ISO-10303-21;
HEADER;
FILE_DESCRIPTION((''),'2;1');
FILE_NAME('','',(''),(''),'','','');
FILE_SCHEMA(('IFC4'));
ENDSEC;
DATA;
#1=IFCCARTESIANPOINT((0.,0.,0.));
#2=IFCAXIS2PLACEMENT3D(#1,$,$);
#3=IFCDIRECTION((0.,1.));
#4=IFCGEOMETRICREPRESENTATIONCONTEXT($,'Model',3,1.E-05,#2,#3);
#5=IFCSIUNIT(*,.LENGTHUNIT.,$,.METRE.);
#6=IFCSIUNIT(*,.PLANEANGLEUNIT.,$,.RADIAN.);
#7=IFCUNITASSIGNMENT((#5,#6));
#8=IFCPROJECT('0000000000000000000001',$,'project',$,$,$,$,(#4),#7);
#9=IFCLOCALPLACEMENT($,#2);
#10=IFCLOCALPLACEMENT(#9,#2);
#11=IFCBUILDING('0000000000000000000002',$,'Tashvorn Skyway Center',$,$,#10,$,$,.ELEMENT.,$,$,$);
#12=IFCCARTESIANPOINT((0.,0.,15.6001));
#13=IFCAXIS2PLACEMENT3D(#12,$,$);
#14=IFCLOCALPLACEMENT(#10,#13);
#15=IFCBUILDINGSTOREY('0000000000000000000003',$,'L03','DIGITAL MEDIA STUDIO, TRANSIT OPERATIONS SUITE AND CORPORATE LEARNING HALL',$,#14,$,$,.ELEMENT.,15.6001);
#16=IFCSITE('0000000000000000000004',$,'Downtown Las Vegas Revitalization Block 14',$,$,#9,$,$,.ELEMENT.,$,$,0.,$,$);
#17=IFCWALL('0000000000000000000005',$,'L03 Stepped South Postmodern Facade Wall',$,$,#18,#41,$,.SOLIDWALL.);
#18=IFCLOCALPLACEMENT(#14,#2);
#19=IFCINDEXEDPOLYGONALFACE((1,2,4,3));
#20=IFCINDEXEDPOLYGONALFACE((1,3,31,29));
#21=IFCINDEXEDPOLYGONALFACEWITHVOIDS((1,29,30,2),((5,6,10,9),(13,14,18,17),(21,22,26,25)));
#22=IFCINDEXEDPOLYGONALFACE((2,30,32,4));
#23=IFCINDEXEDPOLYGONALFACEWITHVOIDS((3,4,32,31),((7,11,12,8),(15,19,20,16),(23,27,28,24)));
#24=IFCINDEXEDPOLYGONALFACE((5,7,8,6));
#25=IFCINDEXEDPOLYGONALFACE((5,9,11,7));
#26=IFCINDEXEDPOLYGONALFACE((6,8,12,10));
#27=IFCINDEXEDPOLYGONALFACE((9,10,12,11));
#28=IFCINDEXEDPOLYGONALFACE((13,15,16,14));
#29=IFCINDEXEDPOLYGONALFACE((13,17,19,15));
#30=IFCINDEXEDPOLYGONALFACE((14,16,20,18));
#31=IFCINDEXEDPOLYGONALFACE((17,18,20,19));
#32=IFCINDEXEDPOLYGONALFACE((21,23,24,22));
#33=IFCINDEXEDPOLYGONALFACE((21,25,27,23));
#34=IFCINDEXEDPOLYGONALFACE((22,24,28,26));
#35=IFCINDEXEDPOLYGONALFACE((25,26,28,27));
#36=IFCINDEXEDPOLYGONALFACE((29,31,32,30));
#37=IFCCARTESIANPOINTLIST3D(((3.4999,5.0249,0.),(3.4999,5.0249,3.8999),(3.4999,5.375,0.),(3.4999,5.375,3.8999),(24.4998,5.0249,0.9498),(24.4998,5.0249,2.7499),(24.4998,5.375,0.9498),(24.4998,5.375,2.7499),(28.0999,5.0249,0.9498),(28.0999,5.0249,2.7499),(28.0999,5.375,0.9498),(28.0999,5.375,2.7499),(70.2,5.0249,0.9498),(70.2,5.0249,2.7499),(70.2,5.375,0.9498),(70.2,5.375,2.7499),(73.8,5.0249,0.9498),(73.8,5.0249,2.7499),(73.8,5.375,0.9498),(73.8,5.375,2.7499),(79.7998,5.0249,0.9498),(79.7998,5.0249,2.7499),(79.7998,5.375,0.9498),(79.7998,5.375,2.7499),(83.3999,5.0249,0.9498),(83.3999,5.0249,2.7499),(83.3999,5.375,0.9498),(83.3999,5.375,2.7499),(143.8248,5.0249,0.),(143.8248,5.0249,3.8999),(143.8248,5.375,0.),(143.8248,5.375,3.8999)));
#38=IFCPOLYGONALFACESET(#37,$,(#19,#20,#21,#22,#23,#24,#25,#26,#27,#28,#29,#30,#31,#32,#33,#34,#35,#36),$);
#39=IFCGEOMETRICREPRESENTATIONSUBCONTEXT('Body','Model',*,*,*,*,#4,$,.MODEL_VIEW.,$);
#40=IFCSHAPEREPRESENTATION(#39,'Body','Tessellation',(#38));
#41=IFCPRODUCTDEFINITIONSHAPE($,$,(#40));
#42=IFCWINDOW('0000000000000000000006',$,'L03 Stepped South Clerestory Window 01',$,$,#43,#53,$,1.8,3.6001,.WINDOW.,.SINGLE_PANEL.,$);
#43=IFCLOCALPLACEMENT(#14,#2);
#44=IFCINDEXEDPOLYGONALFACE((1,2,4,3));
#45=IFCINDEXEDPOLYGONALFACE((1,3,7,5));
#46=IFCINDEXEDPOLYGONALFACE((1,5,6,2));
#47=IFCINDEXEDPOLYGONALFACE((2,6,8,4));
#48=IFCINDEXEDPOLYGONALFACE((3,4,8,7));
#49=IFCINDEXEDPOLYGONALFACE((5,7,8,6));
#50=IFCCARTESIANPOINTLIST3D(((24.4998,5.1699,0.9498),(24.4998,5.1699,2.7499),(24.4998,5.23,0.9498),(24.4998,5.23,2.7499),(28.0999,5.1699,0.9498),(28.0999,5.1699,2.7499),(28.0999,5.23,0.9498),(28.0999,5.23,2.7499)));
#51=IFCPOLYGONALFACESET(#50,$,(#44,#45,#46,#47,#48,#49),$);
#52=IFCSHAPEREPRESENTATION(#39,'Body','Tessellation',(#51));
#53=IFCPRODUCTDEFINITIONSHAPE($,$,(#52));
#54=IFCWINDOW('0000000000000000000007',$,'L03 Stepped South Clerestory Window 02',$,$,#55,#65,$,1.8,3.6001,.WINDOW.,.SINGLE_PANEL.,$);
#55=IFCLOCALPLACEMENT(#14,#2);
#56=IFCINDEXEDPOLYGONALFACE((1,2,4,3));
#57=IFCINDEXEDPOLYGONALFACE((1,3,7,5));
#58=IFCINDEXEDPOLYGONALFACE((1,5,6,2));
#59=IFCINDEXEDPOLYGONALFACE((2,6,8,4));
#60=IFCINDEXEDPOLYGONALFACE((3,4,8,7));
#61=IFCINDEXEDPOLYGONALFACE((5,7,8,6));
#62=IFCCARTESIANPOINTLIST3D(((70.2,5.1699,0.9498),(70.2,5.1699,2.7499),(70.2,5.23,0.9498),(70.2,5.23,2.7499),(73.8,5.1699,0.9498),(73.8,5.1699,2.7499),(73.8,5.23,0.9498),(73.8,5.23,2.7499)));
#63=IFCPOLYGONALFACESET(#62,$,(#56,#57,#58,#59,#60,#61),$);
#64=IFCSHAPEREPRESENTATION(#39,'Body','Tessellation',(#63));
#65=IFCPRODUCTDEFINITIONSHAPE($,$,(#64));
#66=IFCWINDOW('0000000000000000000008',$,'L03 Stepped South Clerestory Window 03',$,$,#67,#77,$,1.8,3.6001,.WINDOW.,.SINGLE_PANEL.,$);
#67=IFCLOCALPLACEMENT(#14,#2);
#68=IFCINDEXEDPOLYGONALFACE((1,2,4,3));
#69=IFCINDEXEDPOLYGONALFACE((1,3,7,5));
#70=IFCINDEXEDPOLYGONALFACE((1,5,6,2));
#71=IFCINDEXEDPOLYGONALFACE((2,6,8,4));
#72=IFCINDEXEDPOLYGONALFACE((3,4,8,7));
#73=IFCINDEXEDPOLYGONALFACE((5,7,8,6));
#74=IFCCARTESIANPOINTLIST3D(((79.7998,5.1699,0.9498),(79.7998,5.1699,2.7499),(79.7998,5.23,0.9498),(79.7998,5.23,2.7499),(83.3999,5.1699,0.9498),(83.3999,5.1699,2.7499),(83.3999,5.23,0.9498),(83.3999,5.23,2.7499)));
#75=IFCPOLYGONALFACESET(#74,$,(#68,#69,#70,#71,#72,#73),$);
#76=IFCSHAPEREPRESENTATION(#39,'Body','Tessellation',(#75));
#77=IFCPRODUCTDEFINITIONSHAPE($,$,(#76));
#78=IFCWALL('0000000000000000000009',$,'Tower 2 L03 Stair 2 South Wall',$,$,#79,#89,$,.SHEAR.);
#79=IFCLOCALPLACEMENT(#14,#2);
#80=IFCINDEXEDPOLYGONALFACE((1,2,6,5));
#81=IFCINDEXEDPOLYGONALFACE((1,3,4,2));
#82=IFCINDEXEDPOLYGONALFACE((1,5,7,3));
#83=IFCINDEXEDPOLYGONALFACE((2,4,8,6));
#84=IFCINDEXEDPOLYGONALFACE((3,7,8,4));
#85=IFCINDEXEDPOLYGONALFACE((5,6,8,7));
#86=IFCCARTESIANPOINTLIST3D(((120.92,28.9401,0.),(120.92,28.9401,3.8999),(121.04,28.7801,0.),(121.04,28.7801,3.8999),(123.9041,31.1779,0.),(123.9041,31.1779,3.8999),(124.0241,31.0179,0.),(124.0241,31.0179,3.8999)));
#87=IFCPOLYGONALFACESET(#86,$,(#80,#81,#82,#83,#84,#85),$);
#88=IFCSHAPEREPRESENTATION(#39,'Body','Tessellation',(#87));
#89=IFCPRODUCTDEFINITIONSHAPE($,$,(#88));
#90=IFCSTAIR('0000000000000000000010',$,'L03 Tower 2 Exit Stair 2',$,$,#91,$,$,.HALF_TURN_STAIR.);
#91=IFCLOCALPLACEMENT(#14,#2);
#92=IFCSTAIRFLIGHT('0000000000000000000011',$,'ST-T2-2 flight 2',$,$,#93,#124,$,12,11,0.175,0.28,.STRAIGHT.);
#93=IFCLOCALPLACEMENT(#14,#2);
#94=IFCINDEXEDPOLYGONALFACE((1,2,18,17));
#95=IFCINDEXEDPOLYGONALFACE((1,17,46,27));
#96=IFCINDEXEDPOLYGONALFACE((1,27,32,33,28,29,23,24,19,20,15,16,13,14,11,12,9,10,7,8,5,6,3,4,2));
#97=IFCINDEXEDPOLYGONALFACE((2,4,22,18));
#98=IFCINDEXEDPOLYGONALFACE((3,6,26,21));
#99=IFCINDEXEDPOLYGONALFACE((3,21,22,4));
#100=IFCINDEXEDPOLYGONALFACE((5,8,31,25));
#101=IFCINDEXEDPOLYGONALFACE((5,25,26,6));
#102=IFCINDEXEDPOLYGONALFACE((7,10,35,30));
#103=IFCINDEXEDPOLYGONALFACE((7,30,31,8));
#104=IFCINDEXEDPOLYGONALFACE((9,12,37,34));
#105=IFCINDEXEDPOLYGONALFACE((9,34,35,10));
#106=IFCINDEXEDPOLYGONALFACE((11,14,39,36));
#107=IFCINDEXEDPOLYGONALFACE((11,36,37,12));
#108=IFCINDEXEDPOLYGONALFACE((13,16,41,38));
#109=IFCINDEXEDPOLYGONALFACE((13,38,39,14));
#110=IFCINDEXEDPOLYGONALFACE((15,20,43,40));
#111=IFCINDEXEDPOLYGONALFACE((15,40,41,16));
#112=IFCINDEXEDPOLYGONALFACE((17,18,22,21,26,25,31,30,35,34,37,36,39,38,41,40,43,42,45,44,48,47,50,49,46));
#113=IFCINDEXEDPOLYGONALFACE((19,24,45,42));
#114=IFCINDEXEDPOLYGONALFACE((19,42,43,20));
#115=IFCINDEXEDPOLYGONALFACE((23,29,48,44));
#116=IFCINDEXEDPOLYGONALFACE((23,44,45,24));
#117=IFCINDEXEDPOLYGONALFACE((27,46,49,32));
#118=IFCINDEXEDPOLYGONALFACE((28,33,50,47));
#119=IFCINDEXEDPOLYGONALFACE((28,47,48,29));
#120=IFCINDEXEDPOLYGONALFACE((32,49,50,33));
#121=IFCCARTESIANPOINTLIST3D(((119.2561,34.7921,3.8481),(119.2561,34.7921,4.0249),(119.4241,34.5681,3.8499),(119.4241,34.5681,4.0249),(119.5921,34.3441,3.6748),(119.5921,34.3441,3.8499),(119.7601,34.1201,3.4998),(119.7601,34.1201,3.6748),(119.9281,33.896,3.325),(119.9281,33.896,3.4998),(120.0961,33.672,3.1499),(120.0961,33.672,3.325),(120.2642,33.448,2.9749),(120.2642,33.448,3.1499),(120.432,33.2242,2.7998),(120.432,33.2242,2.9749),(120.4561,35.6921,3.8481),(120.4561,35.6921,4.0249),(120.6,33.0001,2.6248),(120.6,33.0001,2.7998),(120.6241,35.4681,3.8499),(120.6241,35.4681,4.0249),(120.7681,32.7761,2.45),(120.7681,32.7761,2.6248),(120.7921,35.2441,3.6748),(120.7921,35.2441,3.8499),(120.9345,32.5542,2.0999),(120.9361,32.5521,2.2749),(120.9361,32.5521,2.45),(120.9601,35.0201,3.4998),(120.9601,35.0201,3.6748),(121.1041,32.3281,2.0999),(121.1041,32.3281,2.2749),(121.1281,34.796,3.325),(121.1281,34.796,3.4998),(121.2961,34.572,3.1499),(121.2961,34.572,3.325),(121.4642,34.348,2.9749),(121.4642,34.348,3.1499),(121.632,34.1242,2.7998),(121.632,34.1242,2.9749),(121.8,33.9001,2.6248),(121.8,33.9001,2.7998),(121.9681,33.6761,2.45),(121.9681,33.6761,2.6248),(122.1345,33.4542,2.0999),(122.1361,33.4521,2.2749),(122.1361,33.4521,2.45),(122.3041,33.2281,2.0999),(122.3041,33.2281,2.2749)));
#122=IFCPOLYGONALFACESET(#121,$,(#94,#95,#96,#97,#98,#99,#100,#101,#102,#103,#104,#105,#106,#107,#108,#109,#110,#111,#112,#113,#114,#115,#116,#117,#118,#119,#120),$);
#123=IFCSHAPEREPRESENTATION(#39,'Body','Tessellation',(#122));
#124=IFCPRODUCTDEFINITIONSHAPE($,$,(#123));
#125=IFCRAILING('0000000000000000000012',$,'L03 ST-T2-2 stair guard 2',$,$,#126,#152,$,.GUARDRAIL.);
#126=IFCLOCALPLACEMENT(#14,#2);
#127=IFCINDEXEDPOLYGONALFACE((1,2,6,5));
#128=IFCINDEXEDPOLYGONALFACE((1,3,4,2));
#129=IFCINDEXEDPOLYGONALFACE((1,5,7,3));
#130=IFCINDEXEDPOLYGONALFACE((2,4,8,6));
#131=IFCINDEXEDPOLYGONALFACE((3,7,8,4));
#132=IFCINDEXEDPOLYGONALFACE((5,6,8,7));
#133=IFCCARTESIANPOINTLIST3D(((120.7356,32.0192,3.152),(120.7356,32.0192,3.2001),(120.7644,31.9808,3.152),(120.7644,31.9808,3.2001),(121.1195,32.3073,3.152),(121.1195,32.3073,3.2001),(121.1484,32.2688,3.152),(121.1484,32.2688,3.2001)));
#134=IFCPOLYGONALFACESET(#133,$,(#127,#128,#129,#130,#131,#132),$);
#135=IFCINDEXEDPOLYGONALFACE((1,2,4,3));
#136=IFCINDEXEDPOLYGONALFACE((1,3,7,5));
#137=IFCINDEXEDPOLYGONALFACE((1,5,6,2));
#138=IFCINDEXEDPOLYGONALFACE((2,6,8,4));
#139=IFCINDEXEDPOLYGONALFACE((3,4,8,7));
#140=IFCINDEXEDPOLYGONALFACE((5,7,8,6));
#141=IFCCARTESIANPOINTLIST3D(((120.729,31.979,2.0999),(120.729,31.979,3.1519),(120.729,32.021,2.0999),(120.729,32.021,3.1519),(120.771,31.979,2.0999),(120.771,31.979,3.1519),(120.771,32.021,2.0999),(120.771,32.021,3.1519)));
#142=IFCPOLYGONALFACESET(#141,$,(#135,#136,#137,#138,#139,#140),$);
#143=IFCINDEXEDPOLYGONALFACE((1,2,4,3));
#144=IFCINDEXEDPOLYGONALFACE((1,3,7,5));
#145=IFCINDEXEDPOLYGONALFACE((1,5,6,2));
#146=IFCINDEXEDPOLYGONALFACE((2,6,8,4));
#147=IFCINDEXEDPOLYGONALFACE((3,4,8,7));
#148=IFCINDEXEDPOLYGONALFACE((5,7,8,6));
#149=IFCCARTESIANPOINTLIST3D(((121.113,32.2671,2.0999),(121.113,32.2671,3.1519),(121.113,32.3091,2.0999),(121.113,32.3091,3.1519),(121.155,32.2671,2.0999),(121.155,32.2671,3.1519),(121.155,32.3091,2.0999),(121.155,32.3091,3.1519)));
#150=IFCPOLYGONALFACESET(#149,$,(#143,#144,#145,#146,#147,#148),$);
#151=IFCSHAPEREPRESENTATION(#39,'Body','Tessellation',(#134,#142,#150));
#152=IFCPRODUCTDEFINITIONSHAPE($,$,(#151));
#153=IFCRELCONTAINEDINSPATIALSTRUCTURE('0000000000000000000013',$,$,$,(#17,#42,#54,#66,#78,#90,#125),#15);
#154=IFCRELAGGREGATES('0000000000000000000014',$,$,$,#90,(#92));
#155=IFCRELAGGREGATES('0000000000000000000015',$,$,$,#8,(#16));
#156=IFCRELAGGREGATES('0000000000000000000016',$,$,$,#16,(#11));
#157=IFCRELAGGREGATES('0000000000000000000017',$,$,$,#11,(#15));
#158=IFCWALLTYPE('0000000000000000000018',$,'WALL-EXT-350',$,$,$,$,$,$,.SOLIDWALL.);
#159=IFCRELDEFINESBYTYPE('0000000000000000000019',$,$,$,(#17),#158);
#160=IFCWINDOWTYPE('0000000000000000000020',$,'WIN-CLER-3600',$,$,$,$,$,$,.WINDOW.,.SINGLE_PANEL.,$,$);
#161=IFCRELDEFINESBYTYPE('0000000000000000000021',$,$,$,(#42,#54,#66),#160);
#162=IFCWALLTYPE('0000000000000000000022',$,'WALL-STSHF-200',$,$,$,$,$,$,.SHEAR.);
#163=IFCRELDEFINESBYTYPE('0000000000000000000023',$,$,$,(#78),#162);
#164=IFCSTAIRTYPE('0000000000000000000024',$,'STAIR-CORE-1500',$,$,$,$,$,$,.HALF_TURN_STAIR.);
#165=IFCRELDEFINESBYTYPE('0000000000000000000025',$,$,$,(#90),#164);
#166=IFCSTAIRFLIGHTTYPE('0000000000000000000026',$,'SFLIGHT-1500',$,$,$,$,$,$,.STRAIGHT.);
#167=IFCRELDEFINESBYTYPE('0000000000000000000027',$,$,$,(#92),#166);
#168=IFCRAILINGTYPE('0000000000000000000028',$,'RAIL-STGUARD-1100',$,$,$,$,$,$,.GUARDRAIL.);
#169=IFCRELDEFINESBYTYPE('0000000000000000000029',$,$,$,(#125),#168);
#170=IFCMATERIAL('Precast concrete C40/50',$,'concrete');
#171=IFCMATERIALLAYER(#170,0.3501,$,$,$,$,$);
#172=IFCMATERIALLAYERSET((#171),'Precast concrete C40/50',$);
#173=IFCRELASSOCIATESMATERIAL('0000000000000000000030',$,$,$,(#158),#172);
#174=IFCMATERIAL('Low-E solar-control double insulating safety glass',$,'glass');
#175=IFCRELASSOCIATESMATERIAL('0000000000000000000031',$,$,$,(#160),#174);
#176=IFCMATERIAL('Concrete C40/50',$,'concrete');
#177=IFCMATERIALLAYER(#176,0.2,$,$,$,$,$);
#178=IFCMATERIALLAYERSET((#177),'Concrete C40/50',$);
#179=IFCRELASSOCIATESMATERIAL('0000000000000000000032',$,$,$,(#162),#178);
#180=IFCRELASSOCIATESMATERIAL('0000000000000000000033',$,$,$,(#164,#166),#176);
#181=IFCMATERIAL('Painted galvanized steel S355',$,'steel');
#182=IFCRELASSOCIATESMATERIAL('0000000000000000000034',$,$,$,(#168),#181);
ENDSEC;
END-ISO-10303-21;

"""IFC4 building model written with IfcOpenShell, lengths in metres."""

from ifc_helpers import new_model, si_unit, direction, frame, frame_2d, origin, origin_2d, place, context, subcontext, project, spatial, polyline, rectangle, outline, extrude, material, layer, layer_set, type_object, element, fill, aggregate, save


model = new_model("IFC4")

# Units and contexts
model_context = context("Model", 3, precision=1e-05, world=origin(), true_north=direction((0.0, 1.0)))
body_context = subcontext(model_context, "Body", "Model", "MODEL_VIEW")
ifc_project = project(units=[si_unit("LENGTHUNIT", "METRE"), si_unit("PLANEANGLEUNIT", "RADIAN")], contexts=[model_context])

# Site, building, storey
site_placement = place(None, origin())
site = spatial("IfcSite", under=ifc_project, at=site_placement, Name="Downtown Las Vegas Revitalization Block 14", CompositionType="ELEMENT", RefElevation=0.0)
building_placement = place(site_placement, origin())
building = spatial("IfcBuilding", under=site, at=building_placement, Name="Tashvorn Skyway Center", CompositionType="ELEMENT")
storey_placement = place(building_placement, frame((0.0, 0.0, 15.6001)))
storey = spatial("IfcBuildingStorey", under=building, at=storey_placement, Name="L03", Description="DIGITAL MEDIA STUDIO, TRANSIT OPERATIONS SUITE AND CORPORATE LEARNING HALL", CompositionType="ELEMENT", Elevation=15.6001)

# Wall, openings, windows
ifc_material_1 = material(Name="Precast concrete C40/50", Category="concrete")
ifc_layer_1 = layer(ifc_material_1, 0.3501)
ifc_layer_set_1 = layer_set([ifc_layer_1], Name="Precast concrete C40/50")
wall_type_1 = type_object("IfcWallType", Name="WALL-EXT-350", PredefinedType="SOLIDWALL", material=ifc_layer_set_1)
wall_1_placement = place(storey_placement, frame((143.825, 5.2, 0.0), z_axis=(0.0, 0.0, 1.0), x_axis=(-1.0, 0.0, 0.0)))
wall_1 = element("IfcWall", 1, at=wall_1_placement, inside=storey, type_object=wall_type_1, Name="L03 Stepped South Postmodern Facade Wall", PredefinedType="SOLIDWALL", context=body_context, shape_type="SweptSolid", body=[
    extrude(rectangle(XDim=140.325, YDim=0.3501, at=frame_2d((70.1626, 0.0))), origin(), (0.0, 0.0, 1.0), 3.8999),
])
opening_1_placement = place(wall_1_placement, frame((115.7251, 0.0, 0.95)))
opening_1 = element("IfcOpeningElement", 2, at=opening_1_placement, cuts=wall_1, PredefinedType="OPENING", context=body_context, shape_type="SweptSolid", body=[
    extrude(rectangle(XDim=3.6001, YDim=1.8, at=frame_2d((1.8, 0.8999))), frame((0.0, 0.1851, 0.0), z_axis=(0.0, -1.0, 0.0), x_axis=(1.0, 0.0, 0.0)), (0.0, 0.0, 1.0), 0.3701),
])
opening_2_placement = place(wall_1_placement, frame((70.0249, 0.0, 0.95)))
opening_2 = element("IfcOpeningElement", 3, at=opening_2_placement, cuts=wall_1, PredefinedType="OPENING", context=body_context, shape_type="SweptSolid", body=[
    extrude(rectangle(XDim=3.6001, YDim=1.8, at=frame_2d((1.8, 0.8999))), frame((0.0, 0.1851, 0.0), z_axis=(0.0, -1.0, 0.0), x_axis=(1.0, 0.0, 0.0)), (0.0, 0.0, 1.0), 0.3701),
])
opening_3_placement = place(wall_1_placement, frame((60.425, 0.0, 0.95)))
opening_3 = element("IfcOpeningElement", 4, at=opening_3_placement, cuts=wall_1, PredefinedType="OPENING", context=body_context, shape_type="SweptSolid", body=[
    extrude(rectangle(XDim=3.6001, YDim=1.8, at=frame_2d((1.8, 0.8999))), frame((0.0, 0.1851, 0.0), z_axis=(0.0, -1.0, 0.0), x_axis=(1.0, 0.0, 0.0)), (0.0, 0.0, 1.0), 0.3701),
])
ifc_material_2 = material(Name="Low-E solar-control double insulating safety glass", Category="glass")
window_type = type_object("IfcWindowType", Name="WIN-CLER-3600", PartitioningType="SINGLE_PANEL", PredefinedType="WINDOW", material=ifc_material_2)
window_1_placement = place(opening_1_placement, origin())
window_1 = element("IfcWindow", 5, at=window_1_placement, inside=storey, type_object=window_type, Name="L03 Stepped South Clerestory Window 01", OverallHeight=1.8, OverallWidth=3.6001, PartitioningType="SINGLE_PANEL", PredefinedType="WINDOW", context=body_context, shape_type="SweptSolid", body=[
    extrude(rectangle(XDim=3.6001, YDim=1.8, at=frame_2d((1.8, 0.8999))), frame((0.0, 0.03, 0.0), z_axis=(0.0, -1.0, 0.0), x_axis=(1.0, 0.0, 0.0)), (0.0, 0.0, 1.0), 0.0601),
])
fill(opening_1, window_1)
window_2_placement = place(opening_2_placement, origin())
window_2 = element("IfcWindow", 6, at=window_2_placement, inside=storey, type_object=window_type, Name="L03 Stepped South Clerestory Window 02", OverallHeight=1.8, OverallWidth=3.6001, PartitioningType="SINGLE_PANEL", PredefinedType="WINDOW", context=body_context, shape_type="SweptSolid", body=[
    extrude(rectangle(XDim=3.6001, YDim=1.8, at=frame_2d((1.8, 0.8999))), frame((0.0, 0.03, 0.0), z_axis=(0.0, -1.0, 0.0), x_axis=(1.0, 0.0, 0.0)), (0.0, 0.0, 1.0), 0.0601),
])
fill(opening_2, window_2)
window_3_placement = place(opening_3_placement, origin())
window_3 = element("IfcWindow", 7, at=window_3_placement, inside=storey, type_object=window_type, Name="L03 Stepped South Clerestory Window 03", OverallHeight=1.8, OverallWidth=3.6001, PartitioningType="SINGLE_PANEL", PredefinedType="WINDOW", context=body_context, shape_type="SweptSolid", body=[
    extrude(rectangle(XDim=3.6001, YDim=1.8, at=frame_2d((1.8, 0.8999))), frame((0.0, 0.03, 0.0), z_axis=(0.0, -1.0, 0.0), x_axis=(1.0, 0.0, 0.0)), (0.0, 0.0, 1.0), 0.0601),
])
fill(opening_3, window_3)

# Wall
ifc_material_3 = material(Name="Concrete C40/50", Category="concrete")
ifc_layer_2 = layer(ifc_material_3, 0.2)
ifc_layer_set_2 = layer_set([ifc_layer_2], Name="Concrete C40/50")
wall_type_2 = type_object("IfcWallType", Name="WALL-STSHF-200", PredefinedType="SHEAR", material=ifc_layer_set_2)
wall_2_placement = place(storey_placement, frame((120.98, 28.8601, 0.0), z_axis=(0.0, 0.0, 1.0), x_axis=(0.800039, 0.599948, 0.0)))
element("IfcWall", 8, at=wall_2_placement, inside=storey, type_object=wall_type_2, Name="Tower 2 L03 Stair 2 South Wall", PredefinedType="SHEAR", context=body_context, shape_type="SweptSolid", body=[
    extrude(rectangle(XDim=3.73, YDim=0.2, at=frame_2d((1.865, 0.0))), origin(), (0.0, 0.0, 1.0), 3.8999),
])

# Stair, stair flight
stair_type = type_object("IfcStairType", Name="STAIR-CORE-1500", PredefinedType="HALF_TURN_STAIR", material=ifc_material_3)
stair_placement = place(storey_placement, origin())
stair = element("IfcStair", 9, at=stair_placement, inside=storey, type_object=stair_type, Name="L03 Tower 2 Exit Stair 2", PredefinedType="HALF_TURN_STAIR")
stair_flight_type = type_object("IfcStairFlightType", Name="SFLIGHT-1500", PredefinedType="STRAIGHT", material=ifc_material_3)
stair_flight_placement = place(storey_placement, frame((121.7041, 32.7781, 2.0999), z_axis=(0.0, 0.0, 1.0), x_axis=(-0.6, 0.8, 0.0)))
stair_flight = element("IfcStairFlight", 10, at=stair_flight_placement, type_object=stair_flight_type, Name="ST-T2-2 flight 2", NumberOfRisers=12, NumberOfTreads=11, PredefinedType="STRAIGHT", RiserHeight=0.175, TreadLength=0.28, context=body_context, shape_type="SweptSolid", body=[
    extrude(outline(polyline([(0.0, 0.0), (0.0, 0.175), (0.28, 0.175), (0.28, 0.3501), (0.5601, 0.3501), (0.5601, 0.5249), (0.8401, 0.5249), (0.8401, 0.7), (1.1201, 0.7), (1.1201, 0.875), (1.3999, 0.875), (1.3999, 1.05), (1.6799, 1.05), (1.6799, 1.2251), (1.96, 1.2251), (1.96, 1.3999), (2.24, 1.3999), (2.24, 1.575), (2.52, 1.575), (2.52, 1.75), (2.8, 1.75), (2.8, 1.925), (3.0801, 1.925), (3.0801, 2.1001), (3.0801, 1.7483), (0.2827, 0.0), (0.0, 0.0)])), frame((0.0, 0.75, 0.0), z_axis=(0.0, -1.0, 0.0), x_axis=(1.0, 0.0, 0.0)), (0.0, 0.0, 1.0), 1.5),
])
aggregate(stair, [stair_flight])

# Railing
ifc_material_4 = material(Name="Painted galvanized steel S355", Category="steel")
railing_type_1 = type_object("IfcRailingType", Name="RAIL-STGUARD-1100", PredefinedType="GUARDRAIL", material=ifc_material_4)
railing_1_placement = place(storey_placement, frame((120.75, 32.0, 2.0999)))
element("IfcRailing", 11, at=railing_1_placement, inside=storey, type_object=railing_type_1, Name="L03 ST-T2-2 stair guard 2", PredefinedType="GUARDRAIL", context=body_context, shape_type="SweptSolid", body=[
    extrude(rectangle(XDim=0.0481, YDim=0.0481, at=origin_2d()), frame((0.0, 0.0, 1.0762), z_axis=(0.799939, 0.600081, 0.0), x_axis=(-0.600081, 0.799939, 0.0)), (0.0, 0.0, 1.0), 0.48),
    extrude(rectangle(XDim=0.042, YDim=0.042, at=origin_2d()), origin(), (0.0, 0.0, 1.0), 1.052),
    extrude(rectangle(XDim=0.042, YDim=0.042, at=origin_2d()), frame((0.384, 0.2881, 0.0)), (0.0, 0.0, 1.0), 1.052),
])

save(model, "model.ifc")
